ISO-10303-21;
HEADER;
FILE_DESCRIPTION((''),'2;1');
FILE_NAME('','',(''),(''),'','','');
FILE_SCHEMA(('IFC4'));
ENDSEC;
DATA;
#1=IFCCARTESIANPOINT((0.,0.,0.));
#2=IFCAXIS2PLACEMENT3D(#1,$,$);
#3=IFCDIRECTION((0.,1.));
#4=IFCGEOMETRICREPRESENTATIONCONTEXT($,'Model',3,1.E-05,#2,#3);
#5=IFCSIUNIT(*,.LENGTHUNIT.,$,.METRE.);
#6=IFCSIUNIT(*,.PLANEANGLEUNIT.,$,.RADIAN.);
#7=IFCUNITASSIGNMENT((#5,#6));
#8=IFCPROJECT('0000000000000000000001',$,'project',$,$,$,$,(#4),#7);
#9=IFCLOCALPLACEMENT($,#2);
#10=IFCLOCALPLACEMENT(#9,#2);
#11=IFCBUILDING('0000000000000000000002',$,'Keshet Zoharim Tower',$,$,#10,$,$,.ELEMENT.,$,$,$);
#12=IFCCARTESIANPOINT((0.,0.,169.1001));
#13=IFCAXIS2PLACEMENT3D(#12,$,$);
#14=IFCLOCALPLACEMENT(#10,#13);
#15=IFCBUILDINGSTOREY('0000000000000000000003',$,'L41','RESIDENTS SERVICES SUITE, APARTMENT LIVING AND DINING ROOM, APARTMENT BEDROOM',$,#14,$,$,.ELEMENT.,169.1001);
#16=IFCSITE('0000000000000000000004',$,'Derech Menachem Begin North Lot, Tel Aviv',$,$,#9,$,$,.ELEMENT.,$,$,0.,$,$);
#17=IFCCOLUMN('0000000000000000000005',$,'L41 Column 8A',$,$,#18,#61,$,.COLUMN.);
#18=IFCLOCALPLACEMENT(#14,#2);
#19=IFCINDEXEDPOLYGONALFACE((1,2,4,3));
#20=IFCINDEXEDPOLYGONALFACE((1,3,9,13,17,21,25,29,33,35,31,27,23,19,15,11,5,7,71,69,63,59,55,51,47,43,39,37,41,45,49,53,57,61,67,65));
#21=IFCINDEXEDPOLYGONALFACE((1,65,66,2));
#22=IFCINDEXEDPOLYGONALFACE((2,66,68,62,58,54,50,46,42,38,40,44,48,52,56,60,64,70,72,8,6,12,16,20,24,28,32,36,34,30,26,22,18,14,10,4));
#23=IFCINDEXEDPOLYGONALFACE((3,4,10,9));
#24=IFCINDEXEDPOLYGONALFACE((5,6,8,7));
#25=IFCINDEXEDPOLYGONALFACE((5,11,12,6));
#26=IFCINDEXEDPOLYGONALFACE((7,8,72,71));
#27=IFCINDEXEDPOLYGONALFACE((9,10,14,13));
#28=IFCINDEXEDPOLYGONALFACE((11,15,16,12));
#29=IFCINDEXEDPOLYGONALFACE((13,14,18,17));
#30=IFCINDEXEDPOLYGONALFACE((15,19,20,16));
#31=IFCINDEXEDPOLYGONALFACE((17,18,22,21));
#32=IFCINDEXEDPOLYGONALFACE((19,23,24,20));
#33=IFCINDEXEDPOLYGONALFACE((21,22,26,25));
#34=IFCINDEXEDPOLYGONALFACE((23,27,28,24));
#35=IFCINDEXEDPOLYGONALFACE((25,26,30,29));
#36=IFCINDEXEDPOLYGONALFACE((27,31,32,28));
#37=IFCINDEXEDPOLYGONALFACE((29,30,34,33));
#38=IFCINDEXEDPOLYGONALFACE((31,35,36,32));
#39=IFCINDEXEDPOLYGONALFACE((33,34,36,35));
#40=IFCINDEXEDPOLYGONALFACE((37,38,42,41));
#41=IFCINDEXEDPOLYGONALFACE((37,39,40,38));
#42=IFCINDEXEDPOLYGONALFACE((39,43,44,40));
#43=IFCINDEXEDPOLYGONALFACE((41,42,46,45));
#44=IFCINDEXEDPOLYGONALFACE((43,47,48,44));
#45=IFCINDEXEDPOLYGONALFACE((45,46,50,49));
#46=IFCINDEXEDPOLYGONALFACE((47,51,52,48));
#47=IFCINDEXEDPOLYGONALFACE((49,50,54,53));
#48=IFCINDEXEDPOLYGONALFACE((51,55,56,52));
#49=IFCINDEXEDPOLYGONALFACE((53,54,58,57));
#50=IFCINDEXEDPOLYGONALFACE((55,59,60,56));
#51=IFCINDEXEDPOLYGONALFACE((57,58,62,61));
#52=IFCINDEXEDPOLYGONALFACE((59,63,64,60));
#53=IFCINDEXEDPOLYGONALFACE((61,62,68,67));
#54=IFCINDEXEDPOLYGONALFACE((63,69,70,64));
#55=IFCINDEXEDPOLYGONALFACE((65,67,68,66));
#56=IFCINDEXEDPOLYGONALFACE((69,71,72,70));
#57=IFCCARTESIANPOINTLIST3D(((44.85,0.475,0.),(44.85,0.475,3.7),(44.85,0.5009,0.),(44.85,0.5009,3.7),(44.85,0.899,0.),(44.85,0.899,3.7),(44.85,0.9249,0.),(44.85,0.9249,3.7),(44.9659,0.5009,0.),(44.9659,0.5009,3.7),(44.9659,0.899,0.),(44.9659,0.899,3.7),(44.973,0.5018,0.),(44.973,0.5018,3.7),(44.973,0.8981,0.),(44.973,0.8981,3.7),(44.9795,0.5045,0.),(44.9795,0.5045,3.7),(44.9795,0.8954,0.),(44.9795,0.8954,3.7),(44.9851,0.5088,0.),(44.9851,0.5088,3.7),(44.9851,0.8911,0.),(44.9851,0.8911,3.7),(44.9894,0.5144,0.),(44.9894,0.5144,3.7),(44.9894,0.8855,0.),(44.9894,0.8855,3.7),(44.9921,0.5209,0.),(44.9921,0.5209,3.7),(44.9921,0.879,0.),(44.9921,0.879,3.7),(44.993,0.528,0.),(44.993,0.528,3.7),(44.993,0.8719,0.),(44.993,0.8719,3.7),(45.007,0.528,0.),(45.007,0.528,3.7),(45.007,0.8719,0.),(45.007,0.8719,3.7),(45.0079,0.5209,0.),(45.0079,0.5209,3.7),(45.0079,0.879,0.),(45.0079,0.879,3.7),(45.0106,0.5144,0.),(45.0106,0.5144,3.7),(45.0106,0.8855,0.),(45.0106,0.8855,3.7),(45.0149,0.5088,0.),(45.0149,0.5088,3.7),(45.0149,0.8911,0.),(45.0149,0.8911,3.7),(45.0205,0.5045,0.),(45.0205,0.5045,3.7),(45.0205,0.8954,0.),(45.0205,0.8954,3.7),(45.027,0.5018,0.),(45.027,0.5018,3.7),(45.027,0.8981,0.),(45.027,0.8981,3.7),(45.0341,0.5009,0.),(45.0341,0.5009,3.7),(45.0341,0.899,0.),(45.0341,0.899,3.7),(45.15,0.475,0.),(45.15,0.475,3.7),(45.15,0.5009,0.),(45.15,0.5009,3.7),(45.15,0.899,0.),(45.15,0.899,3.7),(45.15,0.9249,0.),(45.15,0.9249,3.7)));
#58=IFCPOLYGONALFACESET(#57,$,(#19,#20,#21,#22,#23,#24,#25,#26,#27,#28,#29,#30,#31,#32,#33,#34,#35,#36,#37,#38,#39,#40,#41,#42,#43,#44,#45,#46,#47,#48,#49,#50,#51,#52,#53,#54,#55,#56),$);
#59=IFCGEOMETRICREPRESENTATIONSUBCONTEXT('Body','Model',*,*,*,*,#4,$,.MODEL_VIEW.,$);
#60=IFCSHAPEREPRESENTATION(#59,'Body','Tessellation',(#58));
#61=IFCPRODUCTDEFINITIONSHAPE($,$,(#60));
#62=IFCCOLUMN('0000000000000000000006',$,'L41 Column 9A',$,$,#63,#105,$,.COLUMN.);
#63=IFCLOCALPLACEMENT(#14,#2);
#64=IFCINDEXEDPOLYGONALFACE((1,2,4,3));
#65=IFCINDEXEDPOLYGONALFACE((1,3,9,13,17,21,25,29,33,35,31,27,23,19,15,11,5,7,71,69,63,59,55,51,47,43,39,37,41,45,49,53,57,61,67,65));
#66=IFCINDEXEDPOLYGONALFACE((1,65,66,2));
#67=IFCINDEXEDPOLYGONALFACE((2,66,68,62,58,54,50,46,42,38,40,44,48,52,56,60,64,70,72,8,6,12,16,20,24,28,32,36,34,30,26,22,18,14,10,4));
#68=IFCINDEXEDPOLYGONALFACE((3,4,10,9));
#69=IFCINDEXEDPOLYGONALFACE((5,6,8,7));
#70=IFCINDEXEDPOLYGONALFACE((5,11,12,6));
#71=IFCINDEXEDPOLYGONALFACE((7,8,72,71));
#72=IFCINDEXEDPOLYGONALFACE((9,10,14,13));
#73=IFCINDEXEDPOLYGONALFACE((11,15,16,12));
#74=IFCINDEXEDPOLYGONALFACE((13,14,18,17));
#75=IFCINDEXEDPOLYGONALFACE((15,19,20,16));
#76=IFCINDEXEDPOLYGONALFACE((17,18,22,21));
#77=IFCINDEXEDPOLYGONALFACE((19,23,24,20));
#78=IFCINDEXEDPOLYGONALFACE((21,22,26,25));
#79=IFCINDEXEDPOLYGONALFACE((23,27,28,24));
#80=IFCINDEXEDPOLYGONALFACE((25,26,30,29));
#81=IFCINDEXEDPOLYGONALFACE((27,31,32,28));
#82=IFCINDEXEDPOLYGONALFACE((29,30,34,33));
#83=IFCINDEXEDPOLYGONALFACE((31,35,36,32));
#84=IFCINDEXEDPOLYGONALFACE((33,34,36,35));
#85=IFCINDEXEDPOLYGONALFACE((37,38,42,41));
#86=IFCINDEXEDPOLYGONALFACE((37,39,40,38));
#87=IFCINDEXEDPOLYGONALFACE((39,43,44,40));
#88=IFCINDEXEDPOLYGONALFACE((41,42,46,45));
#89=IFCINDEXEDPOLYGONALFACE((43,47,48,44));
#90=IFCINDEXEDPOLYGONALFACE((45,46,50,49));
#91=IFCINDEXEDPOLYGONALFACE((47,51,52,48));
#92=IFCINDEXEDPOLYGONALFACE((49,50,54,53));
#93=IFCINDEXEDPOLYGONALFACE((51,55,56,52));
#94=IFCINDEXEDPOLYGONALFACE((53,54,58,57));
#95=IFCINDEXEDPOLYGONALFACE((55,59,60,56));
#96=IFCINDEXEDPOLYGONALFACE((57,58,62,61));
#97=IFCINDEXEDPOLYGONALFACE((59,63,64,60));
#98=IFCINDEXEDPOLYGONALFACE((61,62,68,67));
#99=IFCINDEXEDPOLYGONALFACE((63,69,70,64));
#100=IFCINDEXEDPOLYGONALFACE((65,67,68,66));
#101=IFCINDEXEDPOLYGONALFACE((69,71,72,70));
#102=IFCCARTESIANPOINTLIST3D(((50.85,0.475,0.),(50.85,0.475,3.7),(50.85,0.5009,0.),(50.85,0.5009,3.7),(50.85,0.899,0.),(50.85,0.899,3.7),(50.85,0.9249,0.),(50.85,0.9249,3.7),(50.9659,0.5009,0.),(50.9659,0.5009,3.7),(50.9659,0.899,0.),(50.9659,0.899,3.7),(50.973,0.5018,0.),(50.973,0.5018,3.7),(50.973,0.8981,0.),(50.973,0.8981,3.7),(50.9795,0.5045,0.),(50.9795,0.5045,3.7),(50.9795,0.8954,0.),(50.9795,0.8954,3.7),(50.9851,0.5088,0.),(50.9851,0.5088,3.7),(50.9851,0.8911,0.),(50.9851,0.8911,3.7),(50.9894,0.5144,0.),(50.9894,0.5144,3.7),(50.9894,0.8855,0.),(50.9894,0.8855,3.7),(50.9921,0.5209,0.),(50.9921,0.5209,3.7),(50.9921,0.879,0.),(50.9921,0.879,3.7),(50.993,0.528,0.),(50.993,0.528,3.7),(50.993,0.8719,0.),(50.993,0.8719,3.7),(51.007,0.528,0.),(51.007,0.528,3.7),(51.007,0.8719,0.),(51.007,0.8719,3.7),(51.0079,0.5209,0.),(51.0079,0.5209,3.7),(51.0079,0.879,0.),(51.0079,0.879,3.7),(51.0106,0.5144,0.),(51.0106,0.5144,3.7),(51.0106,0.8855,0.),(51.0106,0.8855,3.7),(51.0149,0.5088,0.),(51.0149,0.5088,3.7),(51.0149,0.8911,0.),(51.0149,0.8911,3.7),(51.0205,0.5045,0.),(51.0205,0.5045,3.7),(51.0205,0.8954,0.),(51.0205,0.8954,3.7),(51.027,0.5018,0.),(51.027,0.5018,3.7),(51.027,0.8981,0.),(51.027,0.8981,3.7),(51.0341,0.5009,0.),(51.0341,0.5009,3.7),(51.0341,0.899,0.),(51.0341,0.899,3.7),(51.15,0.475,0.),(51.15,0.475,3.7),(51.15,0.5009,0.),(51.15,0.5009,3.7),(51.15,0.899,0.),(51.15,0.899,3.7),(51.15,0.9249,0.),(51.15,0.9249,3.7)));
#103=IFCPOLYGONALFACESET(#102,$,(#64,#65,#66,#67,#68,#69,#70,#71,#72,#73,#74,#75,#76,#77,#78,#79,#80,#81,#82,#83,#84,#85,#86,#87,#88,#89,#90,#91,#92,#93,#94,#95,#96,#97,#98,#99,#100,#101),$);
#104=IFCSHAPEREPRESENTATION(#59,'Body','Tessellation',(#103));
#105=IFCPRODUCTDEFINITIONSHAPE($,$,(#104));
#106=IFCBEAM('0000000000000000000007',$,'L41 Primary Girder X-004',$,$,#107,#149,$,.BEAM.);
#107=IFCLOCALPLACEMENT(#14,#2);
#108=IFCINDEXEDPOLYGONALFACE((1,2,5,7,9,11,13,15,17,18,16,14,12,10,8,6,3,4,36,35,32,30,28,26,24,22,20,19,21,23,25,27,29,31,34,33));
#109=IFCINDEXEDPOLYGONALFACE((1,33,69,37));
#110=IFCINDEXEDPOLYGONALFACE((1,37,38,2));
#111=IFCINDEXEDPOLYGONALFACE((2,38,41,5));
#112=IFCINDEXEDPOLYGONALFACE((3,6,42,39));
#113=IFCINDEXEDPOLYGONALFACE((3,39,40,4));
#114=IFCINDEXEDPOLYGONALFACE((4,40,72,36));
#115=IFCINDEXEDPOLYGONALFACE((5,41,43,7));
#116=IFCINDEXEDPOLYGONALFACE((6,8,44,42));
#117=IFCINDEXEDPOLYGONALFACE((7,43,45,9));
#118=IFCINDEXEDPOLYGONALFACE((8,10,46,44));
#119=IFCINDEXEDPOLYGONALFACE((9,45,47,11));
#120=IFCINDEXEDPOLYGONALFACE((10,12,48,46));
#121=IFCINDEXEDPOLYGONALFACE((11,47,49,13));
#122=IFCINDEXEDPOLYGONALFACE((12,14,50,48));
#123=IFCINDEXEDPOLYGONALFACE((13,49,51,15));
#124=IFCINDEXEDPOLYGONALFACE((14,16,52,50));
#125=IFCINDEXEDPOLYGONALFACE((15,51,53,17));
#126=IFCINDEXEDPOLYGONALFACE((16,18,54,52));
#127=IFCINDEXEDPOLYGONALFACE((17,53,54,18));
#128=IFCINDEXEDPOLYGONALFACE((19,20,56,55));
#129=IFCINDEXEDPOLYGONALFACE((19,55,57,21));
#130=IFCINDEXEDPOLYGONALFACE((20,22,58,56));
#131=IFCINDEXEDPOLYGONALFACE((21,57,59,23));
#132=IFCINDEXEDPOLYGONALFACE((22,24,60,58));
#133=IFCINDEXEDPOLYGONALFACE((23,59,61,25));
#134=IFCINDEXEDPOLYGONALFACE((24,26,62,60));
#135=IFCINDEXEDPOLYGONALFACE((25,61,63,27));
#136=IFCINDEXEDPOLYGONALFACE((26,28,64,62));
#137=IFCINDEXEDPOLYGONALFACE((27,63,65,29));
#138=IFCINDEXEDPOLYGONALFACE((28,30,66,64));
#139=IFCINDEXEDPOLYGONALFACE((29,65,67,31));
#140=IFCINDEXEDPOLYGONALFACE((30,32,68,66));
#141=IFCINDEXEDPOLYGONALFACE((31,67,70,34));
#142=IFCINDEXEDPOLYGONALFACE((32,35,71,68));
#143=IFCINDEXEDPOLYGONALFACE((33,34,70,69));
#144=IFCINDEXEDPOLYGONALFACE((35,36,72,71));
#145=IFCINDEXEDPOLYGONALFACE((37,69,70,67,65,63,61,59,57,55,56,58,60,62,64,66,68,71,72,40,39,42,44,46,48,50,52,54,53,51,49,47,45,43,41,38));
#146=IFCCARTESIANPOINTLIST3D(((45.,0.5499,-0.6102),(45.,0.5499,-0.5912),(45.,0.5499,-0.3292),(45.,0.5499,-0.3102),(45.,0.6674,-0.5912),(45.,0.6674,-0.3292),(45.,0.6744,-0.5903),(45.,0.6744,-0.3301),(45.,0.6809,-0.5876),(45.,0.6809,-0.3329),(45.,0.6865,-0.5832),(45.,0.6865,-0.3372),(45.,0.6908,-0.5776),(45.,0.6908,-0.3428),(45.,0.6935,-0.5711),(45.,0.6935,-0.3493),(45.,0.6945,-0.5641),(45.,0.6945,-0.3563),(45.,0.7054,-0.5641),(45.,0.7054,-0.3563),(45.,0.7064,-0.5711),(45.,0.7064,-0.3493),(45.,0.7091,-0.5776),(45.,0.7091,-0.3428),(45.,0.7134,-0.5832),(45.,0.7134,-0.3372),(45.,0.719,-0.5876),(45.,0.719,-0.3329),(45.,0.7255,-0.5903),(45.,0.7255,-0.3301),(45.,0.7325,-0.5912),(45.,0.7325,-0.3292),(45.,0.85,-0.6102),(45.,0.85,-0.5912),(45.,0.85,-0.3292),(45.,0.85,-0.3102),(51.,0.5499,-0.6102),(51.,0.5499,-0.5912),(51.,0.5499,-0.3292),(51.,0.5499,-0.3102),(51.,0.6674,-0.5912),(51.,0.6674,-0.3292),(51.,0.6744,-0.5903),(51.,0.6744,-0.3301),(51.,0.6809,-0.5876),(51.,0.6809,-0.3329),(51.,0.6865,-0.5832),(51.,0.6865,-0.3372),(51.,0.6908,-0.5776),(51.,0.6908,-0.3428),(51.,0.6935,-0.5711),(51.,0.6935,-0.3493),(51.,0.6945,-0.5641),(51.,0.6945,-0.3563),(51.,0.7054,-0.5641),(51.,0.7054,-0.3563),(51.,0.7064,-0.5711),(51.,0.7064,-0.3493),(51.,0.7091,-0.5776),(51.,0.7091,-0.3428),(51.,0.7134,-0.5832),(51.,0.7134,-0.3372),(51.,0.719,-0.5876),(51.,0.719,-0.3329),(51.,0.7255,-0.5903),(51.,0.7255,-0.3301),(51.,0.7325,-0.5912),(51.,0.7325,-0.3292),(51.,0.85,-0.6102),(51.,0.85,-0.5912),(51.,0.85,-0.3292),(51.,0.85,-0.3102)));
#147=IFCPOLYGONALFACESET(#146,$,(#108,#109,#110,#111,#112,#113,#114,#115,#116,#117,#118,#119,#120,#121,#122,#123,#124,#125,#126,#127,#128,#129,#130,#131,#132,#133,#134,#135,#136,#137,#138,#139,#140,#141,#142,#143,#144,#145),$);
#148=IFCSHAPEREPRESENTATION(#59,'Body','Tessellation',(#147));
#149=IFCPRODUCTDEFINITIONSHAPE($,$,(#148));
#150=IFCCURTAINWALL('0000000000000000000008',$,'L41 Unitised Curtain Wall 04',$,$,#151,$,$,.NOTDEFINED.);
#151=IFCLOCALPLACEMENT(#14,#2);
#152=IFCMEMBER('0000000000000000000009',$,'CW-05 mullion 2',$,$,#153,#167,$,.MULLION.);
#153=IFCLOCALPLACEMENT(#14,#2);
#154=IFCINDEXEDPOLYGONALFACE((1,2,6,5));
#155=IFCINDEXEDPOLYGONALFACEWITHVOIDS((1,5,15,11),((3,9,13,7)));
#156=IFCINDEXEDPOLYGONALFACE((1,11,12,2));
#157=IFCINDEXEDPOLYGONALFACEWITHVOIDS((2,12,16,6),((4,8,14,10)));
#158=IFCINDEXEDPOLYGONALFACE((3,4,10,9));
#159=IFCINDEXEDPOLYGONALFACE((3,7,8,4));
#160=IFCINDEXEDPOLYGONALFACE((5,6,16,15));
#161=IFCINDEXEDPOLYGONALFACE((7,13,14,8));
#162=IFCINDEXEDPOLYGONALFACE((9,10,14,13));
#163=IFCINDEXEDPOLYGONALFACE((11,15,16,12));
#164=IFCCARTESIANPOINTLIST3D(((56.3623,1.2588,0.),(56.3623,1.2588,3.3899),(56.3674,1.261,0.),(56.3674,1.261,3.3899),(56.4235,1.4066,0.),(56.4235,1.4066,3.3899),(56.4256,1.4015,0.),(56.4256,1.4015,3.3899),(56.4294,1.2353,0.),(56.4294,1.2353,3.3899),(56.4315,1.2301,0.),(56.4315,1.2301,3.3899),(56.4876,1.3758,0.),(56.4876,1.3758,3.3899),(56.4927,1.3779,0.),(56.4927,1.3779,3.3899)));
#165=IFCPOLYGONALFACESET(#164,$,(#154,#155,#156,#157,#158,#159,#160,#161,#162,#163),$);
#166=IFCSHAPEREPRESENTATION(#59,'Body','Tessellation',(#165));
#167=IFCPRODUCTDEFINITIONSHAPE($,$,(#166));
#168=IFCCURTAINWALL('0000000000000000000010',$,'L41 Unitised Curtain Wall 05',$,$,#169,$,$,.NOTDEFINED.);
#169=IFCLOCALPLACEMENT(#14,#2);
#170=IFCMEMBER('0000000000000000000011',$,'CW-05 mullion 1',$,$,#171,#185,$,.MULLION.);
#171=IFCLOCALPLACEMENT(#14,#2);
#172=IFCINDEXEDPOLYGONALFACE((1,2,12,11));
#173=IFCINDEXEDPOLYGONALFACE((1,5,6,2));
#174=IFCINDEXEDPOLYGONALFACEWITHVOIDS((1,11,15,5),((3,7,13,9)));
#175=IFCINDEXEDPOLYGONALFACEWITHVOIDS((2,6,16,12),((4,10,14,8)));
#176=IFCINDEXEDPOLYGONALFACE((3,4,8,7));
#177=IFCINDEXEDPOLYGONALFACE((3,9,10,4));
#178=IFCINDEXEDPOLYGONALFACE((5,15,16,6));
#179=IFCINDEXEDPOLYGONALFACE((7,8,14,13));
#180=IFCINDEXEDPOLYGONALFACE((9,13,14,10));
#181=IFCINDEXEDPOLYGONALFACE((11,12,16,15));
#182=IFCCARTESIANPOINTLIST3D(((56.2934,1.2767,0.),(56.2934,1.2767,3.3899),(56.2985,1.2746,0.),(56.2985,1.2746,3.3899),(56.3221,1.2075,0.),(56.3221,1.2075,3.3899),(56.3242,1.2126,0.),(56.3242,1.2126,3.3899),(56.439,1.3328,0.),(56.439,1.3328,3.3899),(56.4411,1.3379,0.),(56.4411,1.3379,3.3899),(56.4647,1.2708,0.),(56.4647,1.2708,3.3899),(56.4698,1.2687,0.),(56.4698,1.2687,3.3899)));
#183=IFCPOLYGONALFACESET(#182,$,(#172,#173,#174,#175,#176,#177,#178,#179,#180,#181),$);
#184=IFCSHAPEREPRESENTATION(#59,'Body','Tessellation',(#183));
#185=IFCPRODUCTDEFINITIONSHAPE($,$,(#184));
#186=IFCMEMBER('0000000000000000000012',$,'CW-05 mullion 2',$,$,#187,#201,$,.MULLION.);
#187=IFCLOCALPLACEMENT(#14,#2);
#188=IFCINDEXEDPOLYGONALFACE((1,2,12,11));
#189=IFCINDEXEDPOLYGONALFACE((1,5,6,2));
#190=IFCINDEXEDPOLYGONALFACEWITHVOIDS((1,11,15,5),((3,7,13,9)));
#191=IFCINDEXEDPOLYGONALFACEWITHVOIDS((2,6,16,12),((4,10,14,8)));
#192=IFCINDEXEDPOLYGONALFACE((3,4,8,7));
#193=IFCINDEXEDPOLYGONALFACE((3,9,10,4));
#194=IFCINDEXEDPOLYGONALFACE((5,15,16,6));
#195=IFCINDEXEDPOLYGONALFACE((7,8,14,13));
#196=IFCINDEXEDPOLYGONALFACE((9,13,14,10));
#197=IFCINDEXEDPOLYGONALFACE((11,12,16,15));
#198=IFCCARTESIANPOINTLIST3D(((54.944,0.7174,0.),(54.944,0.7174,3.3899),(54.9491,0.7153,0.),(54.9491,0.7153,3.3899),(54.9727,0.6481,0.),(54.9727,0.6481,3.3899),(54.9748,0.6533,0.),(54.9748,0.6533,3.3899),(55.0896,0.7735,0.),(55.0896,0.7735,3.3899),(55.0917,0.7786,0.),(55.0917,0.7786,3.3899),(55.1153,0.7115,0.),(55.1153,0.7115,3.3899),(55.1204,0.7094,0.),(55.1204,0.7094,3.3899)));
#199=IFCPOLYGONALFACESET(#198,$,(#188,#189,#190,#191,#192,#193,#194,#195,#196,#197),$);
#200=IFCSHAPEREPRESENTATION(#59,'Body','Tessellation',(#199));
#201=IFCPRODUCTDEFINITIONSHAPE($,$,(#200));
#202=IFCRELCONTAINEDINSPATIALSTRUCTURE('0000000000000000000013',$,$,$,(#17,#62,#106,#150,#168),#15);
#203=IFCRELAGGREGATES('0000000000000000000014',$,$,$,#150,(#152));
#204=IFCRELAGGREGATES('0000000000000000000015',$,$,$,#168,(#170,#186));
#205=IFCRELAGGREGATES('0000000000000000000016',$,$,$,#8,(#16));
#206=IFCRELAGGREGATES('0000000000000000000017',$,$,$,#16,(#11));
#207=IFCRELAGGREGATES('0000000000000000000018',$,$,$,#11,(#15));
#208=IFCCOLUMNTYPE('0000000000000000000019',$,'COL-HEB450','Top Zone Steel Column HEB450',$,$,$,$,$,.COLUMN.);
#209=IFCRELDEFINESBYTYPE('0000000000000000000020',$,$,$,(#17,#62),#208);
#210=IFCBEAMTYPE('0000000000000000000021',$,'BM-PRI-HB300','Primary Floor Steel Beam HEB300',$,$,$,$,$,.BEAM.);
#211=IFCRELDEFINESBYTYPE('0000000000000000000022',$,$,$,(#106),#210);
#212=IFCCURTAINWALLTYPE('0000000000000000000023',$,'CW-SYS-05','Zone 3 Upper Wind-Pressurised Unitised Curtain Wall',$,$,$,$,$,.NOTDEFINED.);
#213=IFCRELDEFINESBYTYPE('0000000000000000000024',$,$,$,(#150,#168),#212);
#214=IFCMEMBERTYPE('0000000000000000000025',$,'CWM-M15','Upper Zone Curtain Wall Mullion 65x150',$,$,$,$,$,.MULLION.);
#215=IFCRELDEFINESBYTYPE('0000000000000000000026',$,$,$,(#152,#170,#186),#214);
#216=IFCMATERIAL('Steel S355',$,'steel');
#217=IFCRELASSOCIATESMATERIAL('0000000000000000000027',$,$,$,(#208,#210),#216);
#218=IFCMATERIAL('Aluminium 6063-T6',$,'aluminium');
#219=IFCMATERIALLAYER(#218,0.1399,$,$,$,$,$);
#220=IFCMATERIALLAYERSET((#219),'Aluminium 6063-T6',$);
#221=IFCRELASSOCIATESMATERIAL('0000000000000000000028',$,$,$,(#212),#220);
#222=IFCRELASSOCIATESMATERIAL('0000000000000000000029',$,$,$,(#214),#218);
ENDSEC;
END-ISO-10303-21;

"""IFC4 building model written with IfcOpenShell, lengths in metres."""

from ifc_helpers import new_model, si_unit, direction, frame, origin, origin_2d, place, context, subcontext, project, spatial, hollow_rectangle, i_section, extrude, material, layer, layer_set, material_profile, profile_set, type_object, element, aggregate, save


model = new_model("IFC4")

# Units and contexts
model_context = context("Model", 3, precision=1e-05, world=origin(), true_north=direction((0.0, 1.0)))
body_context = subcontext(model_context, "Body", "Model", "MODEL_VIEW")
ifc_project = project(units=[si_unit("LENGTHUNIT", "METRE"), si_unit("PLANEANGLEUNIT", "RADIAN")], contexts=[model_context])

# Site, building, storey
site_placement = place(None, origin())
site = spatial("IfcSite", under=ifc_project, at=site_placement, Name="Derech Menachem Begin North Lot, Tel Aviv", CompositionType="ELEMENT", RefElevation=0.0)
building_placement = place(site_placement, origin())
building = spatial("IfcBuilding", under=site, at=building_placement, Name="Keshet Zoharim Tower", CompositionType="ELEMENT")
storey_placement = place(building_placement, frame((0.0, 0.0, 169.1001)))
storey = spatial("IfcBuildingStorey", under=building, at=storey_placement, Name="L41", Description="RESIDENTS SERVICES SUITE, APARTMENT LIVING AND DINING ROOM, APARTMENT BEDROOM", CompositionType="ELEMENT", Elevation=169.1001)

# Columns
ifc_material_1 = material(Name="Steel S355", Category="steel")
ifc_material_profile_1 = material_profile(ifc_material_1, i_section(OverallWidth=0.3, OverallDepth=0.45, WebThickness=0.0139, FlangeThickness=0.0259, FilletRadius=0.0271, at=origin_2d()), Name="HEB450")
ifc_profile_set_1 = profile_set([ifc_material_profile_1], Name="Steel S355")
column_type = type_object("IfcColumnType", Name="COL-HEB450", Description="Top Zone Steel Column HEB450", PredefinedType="COLUMN", material=ifc_profile_set_1)
for number, where, z_axis, x_axis, name in (
    (1, (45.0, 0.7, 0.0), (0.0, 0.0, 1.0), (1.0, 0.0, 0.0), "L41 Column 8A"),
    (2, (51.0, 0.7, 0.0), (0.0, 0.0, 1.0), (1.0, 0.0, 0.0), "L41 Column 9A"),
):
    element("IfcColumn", number, at=place(storey_placement, frame(where, z_axis=z_axis, x_axis=x_axis)), inside=storey, type_object=column_type, Name=name, PredefinedType="COLUMN", context=body_context, shape_type="SweptSolid", body=[
        extrude(i_section(OverallWidth=0.3, OverallDepth=0.45, WebThickness=0.0139, FlangeThickness=0.0259, FilletRadius=0.0271, at=origin_2d()), origin(), (0.0, 0.0, 1.0), 3.7),
    ])

# Beam
ifc_material_profile_2 = material_profile(ifc_material_1, i_section(OverallWidth=0.3, OverallDepth=0.3, WebThickness=0.011, FlangeThickness=0.019, FilletRadius=0.0271, at=origin_2d()), Name="HEB300")
ifc_profile_set_2 = profile_set([ifc_material_profile_2], Name="Steel S355")
beam_type = type_object("IfcBeamType", Name="BM-PRI-HB300", Description="Primary Floor Steel Beam HEB300", PredefinedType="BEAM", material=ifc_profile_set_2)
beam_placement = place(storey_placement, frame((45.0, 0.7, -0.4602), z_axis=(1.0, 0.0, 0.0), x_axis=(0.0, 1.0, 0.0)))
element("IfcBeam", 3, at=beam_placement, inside=storey, type_object=beam_type, Name="L41 Primary Girder X-004", PredefinedType="BEAM", context=body_context, shape_type="SweptSolid", body=[
    extrude(i_section(OverallWidth=0.3, OverallDepth=0.3, WebThickness=0.011, FlangeThickness=0.019, FilletRadius=0.0271, at=origin_2d()), origin(), (0.0, 0.0, 1.0), 6.0),
])

# Curtain wall, member
ifc_material_2 = material(Name="Aluminium 6063-T6", Category="aluminium")
ifc_layer_1 = layer(ifc_material_2, 0.1399)
ifc_layer_set_1 = layer_set([ifc_layer_1], Name="Aluminium 6063-T6")
curtain_wall_type = type_object("IfcCurtainWallType", Name="CW-SYS-05", Description="Zone 3 Upper Wind-Pressurised Unitised Curtain Wall", PredefinedType="NOTDEFINED", material=ifc_layer_set_1)
curtain_wall_1_placement = place(storey_placement, origin())
curtain_wall_1 = element("IfcCurtainWall", 4, at=curtain_wall_1_placement, inside=storey, type_object=curtain_wall_type, Name="L41 Unitised Curtain Wall 04", PredefinedType="NOTDEFINED")
ifc_material_profile_3 = material_profile(ifc_material_2, hollow_rectangle(XDim=0.075, YDim=0.1599, WallThickness=0.0039, at=origin_2d()), Name="MUL-75x160")
ifc_profile_set_3 = profile_set([ifc_material_profile_3], Name="Aluminium 6063-T6")
member_type_1 = type_object("IfcMemberType", Name="CWM-M15", Description="Upper Zone Curtain Wall Mullion 65x150", PredefinedType="MULLION", material=ifc_profile_set_3)
member_1_placement = place(storey_placement, frame((56.4275, 1.3184, 0.0), z_axis=(0.0, 0.0, 1.0), x_axis=(0.92381, -0.382852, 0.0)))
member_1 = element("IfcMember", 5, at=member_1_placement, type_object=member_type_1, Name="CW-05 mullion 2", PredefinedType="MULLION", context=body_context, shape_type="SweptSolid", body=[
    extrude(hollow_rectangle(XDim=0.075, YDim=0.1599, WallThickness=0.0039, at=origin_2d()), origin(), (0.0, 0.0, 1.0), 3.3899),
])

# Curtain wall, members
curtain_wall_2_placement = place(storey_placement, origin())
curtain_wall_2 = element("IfcCurtainWall", 6, at=curtain_wall_2_placement, inside=storey, type_object=curtain_wall_type, Name="L41 Unitised Curtain Wall 05", PredefinedType="NOTDEFINED")
member_2_placement = place(storey_placement, frame((56.3816, 1.2727, 0.0), z_axis=(0.0, 0.0, 1.0), x_axis=(0.382852, -0.92381, 0.0)))
member_2 = element("IfcMember", 7, at=member_2_placement, type_object=member_type_1, Name="CW-05 mullion 1", PredefinedType="MULLION", context=body_context, shape_type="SweptSolid", body=[
    extrude(hollow_rectangle(XDim=0.075, YDim=0.1599, WallThickness=0.0039, at=origin_2d()), origin(), (0.0, 0.0, 1.0), 3.3899),
])
member_3_placement = place(storey_placement, frame((55.0322, 0.7134, 0.0), z_axis=(0.0, 0.0, 1.0), x_axis=(0.382852, -0.92381, 0.0)))
member_3 = element("IfcMember", 8, at=member_3_placement, type_object=member_type_1, Name="CW-05 mullion 2", PredefinedType="MULLION", context=body_context, shape_type="SweptSolid", body=[
    extrude(hollow_rectangle(XDim=0.075, YDim=0.1599, WallThickness=0.0039, at=origin_2d()), origin(), (0.0, 0.0, 1.0), 3.3899),
])

aggregate(curtain_wall_1, [member_1])
aggregate(curtain_wall_2, [member_2, member_3])

save(model, "model.ifc")
